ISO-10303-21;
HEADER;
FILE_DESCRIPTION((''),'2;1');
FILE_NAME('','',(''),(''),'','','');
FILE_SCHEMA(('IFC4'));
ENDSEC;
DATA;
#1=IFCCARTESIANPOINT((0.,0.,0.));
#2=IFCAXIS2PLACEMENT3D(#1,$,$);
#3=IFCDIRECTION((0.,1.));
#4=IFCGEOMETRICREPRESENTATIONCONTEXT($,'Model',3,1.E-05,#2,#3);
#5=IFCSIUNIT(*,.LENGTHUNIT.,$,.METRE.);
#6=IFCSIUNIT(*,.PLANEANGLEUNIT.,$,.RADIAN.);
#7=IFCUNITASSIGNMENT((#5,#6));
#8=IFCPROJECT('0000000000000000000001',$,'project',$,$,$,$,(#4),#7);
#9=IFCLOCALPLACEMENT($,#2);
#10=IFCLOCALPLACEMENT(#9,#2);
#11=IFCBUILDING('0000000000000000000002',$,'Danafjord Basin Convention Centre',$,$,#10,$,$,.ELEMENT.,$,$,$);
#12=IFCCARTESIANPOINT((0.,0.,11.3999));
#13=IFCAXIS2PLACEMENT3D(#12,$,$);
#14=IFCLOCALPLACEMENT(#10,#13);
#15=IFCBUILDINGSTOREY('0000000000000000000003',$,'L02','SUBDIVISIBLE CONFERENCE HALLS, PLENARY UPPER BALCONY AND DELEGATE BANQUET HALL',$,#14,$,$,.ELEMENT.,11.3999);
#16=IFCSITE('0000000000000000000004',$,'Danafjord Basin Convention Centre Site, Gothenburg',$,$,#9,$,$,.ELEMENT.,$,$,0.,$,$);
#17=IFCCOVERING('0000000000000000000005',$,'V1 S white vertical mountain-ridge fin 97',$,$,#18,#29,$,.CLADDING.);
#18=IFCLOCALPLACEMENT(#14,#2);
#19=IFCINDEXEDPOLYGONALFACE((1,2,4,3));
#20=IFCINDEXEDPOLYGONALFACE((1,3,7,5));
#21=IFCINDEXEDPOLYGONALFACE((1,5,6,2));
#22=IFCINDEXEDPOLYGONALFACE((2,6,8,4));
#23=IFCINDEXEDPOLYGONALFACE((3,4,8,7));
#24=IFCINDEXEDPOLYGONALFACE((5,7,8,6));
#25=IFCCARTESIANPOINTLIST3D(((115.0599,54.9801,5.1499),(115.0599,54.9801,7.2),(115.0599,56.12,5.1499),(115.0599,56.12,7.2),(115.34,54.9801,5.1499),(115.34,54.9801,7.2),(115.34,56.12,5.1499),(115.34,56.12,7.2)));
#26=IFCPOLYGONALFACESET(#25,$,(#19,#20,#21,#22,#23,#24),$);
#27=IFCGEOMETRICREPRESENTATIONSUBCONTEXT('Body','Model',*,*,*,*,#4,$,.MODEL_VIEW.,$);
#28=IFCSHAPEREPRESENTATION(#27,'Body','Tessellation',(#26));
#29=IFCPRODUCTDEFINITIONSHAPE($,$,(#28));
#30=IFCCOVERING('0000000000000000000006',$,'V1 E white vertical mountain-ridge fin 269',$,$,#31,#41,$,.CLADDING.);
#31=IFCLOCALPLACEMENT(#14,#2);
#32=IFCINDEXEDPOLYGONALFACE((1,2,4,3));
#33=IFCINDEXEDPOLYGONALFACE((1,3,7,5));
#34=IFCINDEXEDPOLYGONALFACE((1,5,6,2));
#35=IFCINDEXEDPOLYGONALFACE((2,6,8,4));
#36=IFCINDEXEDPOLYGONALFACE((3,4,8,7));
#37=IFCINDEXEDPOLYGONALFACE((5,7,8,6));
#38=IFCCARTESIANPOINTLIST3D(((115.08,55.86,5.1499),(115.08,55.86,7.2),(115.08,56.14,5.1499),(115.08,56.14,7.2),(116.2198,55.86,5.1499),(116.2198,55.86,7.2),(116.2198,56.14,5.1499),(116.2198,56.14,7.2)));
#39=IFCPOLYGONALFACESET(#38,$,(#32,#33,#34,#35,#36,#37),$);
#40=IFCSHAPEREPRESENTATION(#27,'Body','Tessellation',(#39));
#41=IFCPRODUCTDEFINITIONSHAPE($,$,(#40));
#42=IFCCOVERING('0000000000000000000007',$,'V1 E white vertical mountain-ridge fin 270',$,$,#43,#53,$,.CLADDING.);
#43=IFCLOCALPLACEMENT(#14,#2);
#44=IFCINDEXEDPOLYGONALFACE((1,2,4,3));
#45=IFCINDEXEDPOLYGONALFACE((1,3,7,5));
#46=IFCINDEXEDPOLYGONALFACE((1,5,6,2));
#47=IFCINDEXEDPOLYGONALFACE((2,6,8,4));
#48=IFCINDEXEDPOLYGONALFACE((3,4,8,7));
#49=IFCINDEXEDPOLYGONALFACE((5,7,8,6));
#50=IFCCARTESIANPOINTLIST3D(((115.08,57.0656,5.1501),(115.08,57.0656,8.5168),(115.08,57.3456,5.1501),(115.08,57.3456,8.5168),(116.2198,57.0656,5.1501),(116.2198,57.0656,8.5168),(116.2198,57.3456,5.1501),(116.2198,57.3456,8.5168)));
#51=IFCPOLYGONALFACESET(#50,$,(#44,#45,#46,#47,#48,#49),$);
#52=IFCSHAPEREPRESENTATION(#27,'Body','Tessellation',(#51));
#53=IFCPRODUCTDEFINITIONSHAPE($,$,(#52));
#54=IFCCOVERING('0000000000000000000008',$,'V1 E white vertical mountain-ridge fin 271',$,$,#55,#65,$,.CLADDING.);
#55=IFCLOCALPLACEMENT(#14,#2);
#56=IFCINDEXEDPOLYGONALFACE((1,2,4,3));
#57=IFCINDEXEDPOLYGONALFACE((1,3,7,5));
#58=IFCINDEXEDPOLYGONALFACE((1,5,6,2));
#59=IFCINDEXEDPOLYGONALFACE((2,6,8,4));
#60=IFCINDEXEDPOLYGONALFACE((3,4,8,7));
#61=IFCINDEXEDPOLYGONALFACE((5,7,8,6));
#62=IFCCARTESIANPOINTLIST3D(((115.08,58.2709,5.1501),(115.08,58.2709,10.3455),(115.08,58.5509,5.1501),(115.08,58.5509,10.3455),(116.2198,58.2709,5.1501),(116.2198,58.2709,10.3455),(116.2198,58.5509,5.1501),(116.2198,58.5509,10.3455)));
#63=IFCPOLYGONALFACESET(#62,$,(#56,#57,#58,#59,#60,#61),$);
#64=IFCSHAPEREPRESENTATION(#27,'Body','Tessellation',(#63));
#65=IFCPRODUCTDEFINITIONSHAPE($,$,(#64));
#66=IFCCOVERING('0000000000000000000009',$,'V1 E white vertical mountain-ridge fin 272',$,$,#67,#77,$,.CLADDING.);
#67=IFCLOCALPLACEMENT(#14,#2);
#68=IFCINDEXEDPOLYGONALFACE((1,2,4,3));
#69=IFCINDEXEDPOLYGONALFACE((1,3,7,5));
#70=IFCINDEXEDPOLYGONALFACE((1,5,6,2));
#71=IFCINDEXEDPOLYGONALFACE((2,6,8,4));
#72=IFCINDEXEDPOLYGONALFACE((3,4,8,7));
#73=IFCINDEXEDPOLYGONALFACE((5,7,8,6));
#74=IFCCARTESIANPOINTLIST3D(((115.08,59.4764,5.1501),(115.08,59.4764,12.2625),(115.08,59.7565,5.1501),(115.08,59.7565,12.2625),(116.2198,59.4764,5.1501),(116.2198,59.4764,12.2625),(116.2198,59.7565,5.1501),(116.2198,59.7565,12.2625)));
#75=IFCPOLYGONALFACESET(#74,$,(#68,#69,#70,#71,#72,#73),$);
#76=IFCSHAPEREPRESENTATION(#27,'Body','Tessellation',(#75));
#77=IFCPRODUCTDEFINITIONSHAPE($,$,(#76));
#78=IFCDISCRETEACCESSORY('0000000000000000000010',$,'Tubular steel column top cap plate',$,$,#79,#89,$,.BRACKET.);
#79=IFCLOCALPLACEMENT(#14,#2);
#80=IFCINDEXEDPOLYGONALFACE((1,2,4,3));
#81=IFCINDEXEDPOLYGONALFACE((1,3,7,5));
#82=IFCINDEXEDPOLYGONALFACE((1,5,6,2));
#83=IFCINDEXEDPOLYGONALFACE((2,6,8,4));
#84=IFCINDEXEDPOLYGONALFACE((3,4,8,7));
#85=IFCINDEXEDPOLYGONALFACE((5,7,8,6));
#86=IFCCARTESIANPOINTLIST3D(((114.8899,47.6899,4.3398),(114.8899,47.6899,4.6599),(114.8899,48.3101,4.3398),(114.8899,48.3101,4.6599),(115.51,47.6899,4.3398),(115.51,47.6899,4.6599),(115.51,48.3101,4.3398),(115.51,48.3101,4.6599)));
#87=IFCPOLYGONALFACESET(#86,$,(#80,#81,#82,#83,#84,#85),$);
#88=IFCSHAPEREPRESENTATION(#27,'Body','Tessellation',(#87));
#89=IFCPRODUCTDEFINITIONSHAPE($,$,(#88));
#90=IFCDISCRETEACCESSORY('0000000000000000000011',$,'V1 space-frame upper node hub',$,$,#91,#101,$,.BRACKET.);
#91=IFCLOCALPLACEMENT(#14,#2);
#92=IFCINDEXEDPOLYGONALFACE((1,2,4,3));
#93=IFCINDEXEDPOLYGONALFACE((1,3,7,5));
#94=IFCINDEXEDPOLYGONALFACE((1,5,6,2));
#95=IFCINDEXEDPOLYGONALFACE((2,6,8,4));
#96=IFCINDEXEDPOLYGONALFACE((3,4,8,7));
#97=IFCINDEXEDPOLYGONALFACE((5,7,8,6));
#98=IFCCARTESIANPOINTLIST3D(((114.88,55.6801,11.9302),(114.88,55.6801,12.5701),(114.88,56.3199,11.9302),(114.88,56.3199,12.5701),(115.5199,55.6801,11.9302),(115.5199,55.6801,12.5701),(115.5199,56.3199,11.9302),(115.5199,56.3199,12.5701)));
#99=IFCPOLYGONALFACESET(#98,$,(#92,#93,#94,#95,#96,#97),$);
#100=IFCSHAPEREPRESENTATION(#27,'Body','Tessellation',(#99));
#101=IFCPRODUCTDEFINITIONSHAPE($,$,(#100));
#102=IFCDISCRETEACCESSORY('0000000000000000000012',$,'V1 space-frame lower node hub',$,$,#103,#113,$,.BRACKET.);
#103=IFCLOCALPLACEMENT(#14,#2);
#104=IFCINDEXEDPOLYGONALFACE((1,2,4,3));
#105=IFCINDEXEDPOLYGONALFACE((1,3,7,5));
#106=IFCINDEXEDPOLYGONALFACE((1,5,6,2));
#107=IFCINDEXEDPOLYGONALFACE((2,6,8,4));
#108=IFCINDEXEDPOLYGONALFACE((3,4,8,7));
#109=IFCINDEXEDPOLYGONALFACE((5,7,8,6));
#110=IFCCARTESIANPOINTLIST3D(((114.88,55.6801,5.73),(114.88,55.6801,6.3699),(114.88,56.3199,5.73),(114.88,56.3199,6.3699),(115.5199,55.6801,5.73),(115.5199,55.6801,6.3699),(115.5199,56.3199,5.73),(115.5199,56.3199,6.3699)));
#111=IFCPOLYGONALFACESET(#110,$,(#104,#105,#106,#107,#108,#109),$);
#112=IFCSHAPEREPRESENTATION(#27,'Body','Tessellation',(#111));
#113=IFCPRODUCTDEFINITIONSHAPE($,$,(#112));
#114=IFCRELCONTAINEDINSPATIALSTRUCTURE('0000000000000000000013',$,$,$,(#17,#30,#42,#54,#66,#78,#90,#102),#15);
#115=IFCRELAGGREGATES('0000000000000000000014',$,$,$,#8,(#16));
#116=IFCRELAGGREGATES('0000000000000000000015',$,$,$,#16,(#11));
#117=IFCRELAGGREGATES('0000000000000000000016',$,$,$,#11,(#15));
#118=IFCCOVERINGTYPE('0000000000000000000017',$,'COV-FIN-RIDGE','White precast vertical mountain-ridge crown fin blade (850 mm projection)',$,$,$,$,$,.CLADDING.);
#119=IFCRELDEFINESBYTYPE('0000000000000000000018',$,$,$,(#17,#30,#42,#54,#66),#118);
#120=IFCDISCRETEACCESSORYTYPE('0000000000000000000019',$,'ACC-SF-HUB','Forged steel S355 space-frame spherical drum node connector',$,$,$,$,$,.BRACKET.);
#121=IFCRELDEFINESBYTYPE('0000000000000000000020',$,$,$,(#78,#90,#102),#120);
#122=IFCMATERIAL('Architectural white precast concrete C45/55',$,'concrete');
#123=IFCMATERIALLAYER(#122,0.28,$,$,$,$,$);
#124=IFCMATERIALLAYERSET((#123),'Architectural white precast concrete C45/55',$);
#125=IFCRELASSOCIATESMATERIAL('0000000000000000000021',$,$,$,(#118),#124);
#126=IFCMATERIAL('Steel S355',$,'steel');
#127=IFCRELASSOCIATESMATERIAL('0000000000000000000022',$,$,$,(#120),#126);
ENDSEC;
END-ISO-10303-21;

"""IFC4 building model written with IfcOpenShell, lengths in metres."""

from ifc_helpers import new_model, si_unit, direction, frame, origin, origin_2d, place, context, subcontext, project, spatial, rectangle, extrude, material, layer, layer_set, type_object, element, save


model = new_model("IFC4")

# Units and contexts
model_context = context("Model", 3, precision=1e-05, world=origin(), true_north=direction((0.0, 1.0)))
body_context = subcontext(model_context, "Body", "Model", "MODEL_VIEW")
ifc_project = project(units=[si_unit("LENGTHUNIT", "METRE"), si_unit("PLANEANGLEUNIT", "RADIAN")], contexts=[model_context])

# Site, building, storey
site_placement = place(None, origin())
site = spatial("IfcSite", under=ifc_project, at=site_placement, Name="Danafjord Basin Convention Centre Site, Gothenburg", CompositionType="ELEMENT", RefElevation=0.0)
building_placement = place(site_placement, origin())
building = spatial("IfcBuilding", under=site, at=building_placement, Name="Danafjord Basin Convention Centre", CompositionType="ELEMENT")
storey_placement = place(building_placement, frame((0.0, 0.0, 11.3999)))
storey = spatial("IfcBuildingStorey", under=building, at=storey_placement, Name="L02", Description="SUBDIVISIBLE CONFERENCE HALLS, PLENARY UPPER BALCONY AND DELEGATE BANQUET HALL", CompositionType="ELEMENT", Elevation=11.3999)

# Shared definitions
ifc_material_1 = material(Name="Steel S355", Category="steel")

# Coverings
ifc_material_2 = material(Name="Architectural white precast concrete C45/55", Category="concrete")
ifc_layer_1 = layer(ifc_material_2, 0.28)
ifc_layer_set_1 = layer_set([ifc_layer_1], Name="Architectural white precast concrete C45/55")
covering_type = type_object("IfcCoveringType", Name="COV-FIN-RIDGE", Description="White precast vertical mountain-ridge crown fin blade (850 mm projection)", PredefinedType="CLADDING", material=ifc_layer_set_1)
for number, where, z_axis, x_axis, name in (
    (1, (115.2, 55.55, 5.1499), (0.0, 0.0, 1.0), (0.0, 1.0, 0.0), "V1 S white vertical mountain-ridge fin 97"),
    (2, (115.6499, 56.0, 5.1499), (0.0, 0.0, 1.0), (1.0, 0.0, 0.0), "V1 E white vertical mountain-ridge fin 269"),
):
    element("IfcCovering", number, at=place(storey_placement, frame(where, z_axis=z_axis, x_axis=x_axis)), inside=storey, type_object=covering_type, Name=name, PredefinedType="CLADDING", context=body_context, shape_type="SweptSolid", body=[
        extrude(rectangle(XDim=1.1399, YDim=0.28, at=origin_2d()), origin(), (0.0, 0.0, 1.0), 2.05),
    ])
covering_1_placement = place(storey_placement, frame((115.6499, 57.2056, 5.1501), z_axis=(0.0, 0.0, 1.0), x_axis=(1.0, 0.0, 0.0)))
element("IfcCovering", 3, at=covering_1_placement, inside=storey, type_object=covering_type, Name="V1 E white vertical mountain-ridge fin 270", PredefinedType="CLADDING", context=body_context, shape_type="SweptSolid", body=[
    extrude(rectangle(XDim=1.1399, YDim=0.28, at=origin_2d()), origin(), (0.0, 0.0, 1.0), 3.3667),
])
covering_2_placement = place(storey_placement, frame((115.6499, 58.4109, 5.1501), z_axis=(0.0, 0.0, 1.0), x_axis=(1.0, 0.0, 0.0)))
element("IfcCovering", 4, at=covering_2_placement, inside=storey, type_object=covering_type, Name="V1 E white vertical mountain-ridge fin 271", PredefinedType="CLADDING", context=body_context, shape_type="SweptSolid", body=[
    extrude(rectangle(XDim=1.1399, YDim=0.28, at=origin_2d()), origin(), (0.0, 0.0, 1.0), 5.1953),
])
covering_3_placement = place(storey_placement, frame((115.6499, 59.6165, 5.1501), z_axis=(0.0, 0.0, 1.0), x_axis=(1.0, 0.0, 0.0)))
element("IfcCovering", 5, at=covering_3_placement, inside=storey, type_object=covering_type, Name="V1 E white vertical mountain-ridge fin 272", PredefinedType="CLADDING", context=body_context, shape_type="SweptSolid", body=[
    extrude(rectangle(XDim=1.1399, YDim=0.28, at=origin_2d()), origin(), (0.0, 0.0, 1.0), 7.1123),
])

# Discrete accessories
discrete_accessory_type = type_object("IfcDiscreteAccessoryType", Name="ACC-SF-HUB", Description="Forged steel S355 space-frame spherical drum node connector", PredefinedType="BRACKET", material=ifc_material_1)
discrete_accessory_placement = place(storey_placement, frame((115.2, 48.0, 4.3398), z_axis=(0.0, 0.0, 1.0), x_axis=(1.0, 0.0, 0.0)))
element("IfcDiscreteAccessory", 6, at=discrete_accessory_placement, inside=storey, type_object=discrete_accessory_type, Name="Tubular steel column top cap plate", PredefinedType="BRACKET", context=body_context, shape_type="SweptSolid", body=[
    extrude(rectangle(XDim=0.6201, YDim=0.6201, at=origin_2d()), origin(), (0.0, 0.0, 1.0), 0.3201),
])
for number, where, z_axis, x_axis, name in (
    (7, (115.2, 56.0, 11.9302), (0.0, 0.0, 1.0), (1.0, 0.0, 0.0), "V1 space-frame upper node hub"),
    (8, (115.2, 56.0, 5.73), (0.0, 0.0, 1.0), (1.0, 0.0, 0.0), "V1 space-frame lower node hub"),
):
    element("IfcDiscreteAccessory", number, at=place(storey_placement, frame(where, z_axis=z_axis, x_axis=x_axis)), inside=storey, type_object=discrete_accessory_type, Name=name, PredefinedType="BRACKET", context=body_context, shape_type="SweptSolid", body=[
        extrude(rectangle(XDim=0.6399, YDim=0.6399, at=origin_2d()), origin(), (0.0, 0.0, 1.0), 0.6399),
    ])

save(model, "model.ifc")
